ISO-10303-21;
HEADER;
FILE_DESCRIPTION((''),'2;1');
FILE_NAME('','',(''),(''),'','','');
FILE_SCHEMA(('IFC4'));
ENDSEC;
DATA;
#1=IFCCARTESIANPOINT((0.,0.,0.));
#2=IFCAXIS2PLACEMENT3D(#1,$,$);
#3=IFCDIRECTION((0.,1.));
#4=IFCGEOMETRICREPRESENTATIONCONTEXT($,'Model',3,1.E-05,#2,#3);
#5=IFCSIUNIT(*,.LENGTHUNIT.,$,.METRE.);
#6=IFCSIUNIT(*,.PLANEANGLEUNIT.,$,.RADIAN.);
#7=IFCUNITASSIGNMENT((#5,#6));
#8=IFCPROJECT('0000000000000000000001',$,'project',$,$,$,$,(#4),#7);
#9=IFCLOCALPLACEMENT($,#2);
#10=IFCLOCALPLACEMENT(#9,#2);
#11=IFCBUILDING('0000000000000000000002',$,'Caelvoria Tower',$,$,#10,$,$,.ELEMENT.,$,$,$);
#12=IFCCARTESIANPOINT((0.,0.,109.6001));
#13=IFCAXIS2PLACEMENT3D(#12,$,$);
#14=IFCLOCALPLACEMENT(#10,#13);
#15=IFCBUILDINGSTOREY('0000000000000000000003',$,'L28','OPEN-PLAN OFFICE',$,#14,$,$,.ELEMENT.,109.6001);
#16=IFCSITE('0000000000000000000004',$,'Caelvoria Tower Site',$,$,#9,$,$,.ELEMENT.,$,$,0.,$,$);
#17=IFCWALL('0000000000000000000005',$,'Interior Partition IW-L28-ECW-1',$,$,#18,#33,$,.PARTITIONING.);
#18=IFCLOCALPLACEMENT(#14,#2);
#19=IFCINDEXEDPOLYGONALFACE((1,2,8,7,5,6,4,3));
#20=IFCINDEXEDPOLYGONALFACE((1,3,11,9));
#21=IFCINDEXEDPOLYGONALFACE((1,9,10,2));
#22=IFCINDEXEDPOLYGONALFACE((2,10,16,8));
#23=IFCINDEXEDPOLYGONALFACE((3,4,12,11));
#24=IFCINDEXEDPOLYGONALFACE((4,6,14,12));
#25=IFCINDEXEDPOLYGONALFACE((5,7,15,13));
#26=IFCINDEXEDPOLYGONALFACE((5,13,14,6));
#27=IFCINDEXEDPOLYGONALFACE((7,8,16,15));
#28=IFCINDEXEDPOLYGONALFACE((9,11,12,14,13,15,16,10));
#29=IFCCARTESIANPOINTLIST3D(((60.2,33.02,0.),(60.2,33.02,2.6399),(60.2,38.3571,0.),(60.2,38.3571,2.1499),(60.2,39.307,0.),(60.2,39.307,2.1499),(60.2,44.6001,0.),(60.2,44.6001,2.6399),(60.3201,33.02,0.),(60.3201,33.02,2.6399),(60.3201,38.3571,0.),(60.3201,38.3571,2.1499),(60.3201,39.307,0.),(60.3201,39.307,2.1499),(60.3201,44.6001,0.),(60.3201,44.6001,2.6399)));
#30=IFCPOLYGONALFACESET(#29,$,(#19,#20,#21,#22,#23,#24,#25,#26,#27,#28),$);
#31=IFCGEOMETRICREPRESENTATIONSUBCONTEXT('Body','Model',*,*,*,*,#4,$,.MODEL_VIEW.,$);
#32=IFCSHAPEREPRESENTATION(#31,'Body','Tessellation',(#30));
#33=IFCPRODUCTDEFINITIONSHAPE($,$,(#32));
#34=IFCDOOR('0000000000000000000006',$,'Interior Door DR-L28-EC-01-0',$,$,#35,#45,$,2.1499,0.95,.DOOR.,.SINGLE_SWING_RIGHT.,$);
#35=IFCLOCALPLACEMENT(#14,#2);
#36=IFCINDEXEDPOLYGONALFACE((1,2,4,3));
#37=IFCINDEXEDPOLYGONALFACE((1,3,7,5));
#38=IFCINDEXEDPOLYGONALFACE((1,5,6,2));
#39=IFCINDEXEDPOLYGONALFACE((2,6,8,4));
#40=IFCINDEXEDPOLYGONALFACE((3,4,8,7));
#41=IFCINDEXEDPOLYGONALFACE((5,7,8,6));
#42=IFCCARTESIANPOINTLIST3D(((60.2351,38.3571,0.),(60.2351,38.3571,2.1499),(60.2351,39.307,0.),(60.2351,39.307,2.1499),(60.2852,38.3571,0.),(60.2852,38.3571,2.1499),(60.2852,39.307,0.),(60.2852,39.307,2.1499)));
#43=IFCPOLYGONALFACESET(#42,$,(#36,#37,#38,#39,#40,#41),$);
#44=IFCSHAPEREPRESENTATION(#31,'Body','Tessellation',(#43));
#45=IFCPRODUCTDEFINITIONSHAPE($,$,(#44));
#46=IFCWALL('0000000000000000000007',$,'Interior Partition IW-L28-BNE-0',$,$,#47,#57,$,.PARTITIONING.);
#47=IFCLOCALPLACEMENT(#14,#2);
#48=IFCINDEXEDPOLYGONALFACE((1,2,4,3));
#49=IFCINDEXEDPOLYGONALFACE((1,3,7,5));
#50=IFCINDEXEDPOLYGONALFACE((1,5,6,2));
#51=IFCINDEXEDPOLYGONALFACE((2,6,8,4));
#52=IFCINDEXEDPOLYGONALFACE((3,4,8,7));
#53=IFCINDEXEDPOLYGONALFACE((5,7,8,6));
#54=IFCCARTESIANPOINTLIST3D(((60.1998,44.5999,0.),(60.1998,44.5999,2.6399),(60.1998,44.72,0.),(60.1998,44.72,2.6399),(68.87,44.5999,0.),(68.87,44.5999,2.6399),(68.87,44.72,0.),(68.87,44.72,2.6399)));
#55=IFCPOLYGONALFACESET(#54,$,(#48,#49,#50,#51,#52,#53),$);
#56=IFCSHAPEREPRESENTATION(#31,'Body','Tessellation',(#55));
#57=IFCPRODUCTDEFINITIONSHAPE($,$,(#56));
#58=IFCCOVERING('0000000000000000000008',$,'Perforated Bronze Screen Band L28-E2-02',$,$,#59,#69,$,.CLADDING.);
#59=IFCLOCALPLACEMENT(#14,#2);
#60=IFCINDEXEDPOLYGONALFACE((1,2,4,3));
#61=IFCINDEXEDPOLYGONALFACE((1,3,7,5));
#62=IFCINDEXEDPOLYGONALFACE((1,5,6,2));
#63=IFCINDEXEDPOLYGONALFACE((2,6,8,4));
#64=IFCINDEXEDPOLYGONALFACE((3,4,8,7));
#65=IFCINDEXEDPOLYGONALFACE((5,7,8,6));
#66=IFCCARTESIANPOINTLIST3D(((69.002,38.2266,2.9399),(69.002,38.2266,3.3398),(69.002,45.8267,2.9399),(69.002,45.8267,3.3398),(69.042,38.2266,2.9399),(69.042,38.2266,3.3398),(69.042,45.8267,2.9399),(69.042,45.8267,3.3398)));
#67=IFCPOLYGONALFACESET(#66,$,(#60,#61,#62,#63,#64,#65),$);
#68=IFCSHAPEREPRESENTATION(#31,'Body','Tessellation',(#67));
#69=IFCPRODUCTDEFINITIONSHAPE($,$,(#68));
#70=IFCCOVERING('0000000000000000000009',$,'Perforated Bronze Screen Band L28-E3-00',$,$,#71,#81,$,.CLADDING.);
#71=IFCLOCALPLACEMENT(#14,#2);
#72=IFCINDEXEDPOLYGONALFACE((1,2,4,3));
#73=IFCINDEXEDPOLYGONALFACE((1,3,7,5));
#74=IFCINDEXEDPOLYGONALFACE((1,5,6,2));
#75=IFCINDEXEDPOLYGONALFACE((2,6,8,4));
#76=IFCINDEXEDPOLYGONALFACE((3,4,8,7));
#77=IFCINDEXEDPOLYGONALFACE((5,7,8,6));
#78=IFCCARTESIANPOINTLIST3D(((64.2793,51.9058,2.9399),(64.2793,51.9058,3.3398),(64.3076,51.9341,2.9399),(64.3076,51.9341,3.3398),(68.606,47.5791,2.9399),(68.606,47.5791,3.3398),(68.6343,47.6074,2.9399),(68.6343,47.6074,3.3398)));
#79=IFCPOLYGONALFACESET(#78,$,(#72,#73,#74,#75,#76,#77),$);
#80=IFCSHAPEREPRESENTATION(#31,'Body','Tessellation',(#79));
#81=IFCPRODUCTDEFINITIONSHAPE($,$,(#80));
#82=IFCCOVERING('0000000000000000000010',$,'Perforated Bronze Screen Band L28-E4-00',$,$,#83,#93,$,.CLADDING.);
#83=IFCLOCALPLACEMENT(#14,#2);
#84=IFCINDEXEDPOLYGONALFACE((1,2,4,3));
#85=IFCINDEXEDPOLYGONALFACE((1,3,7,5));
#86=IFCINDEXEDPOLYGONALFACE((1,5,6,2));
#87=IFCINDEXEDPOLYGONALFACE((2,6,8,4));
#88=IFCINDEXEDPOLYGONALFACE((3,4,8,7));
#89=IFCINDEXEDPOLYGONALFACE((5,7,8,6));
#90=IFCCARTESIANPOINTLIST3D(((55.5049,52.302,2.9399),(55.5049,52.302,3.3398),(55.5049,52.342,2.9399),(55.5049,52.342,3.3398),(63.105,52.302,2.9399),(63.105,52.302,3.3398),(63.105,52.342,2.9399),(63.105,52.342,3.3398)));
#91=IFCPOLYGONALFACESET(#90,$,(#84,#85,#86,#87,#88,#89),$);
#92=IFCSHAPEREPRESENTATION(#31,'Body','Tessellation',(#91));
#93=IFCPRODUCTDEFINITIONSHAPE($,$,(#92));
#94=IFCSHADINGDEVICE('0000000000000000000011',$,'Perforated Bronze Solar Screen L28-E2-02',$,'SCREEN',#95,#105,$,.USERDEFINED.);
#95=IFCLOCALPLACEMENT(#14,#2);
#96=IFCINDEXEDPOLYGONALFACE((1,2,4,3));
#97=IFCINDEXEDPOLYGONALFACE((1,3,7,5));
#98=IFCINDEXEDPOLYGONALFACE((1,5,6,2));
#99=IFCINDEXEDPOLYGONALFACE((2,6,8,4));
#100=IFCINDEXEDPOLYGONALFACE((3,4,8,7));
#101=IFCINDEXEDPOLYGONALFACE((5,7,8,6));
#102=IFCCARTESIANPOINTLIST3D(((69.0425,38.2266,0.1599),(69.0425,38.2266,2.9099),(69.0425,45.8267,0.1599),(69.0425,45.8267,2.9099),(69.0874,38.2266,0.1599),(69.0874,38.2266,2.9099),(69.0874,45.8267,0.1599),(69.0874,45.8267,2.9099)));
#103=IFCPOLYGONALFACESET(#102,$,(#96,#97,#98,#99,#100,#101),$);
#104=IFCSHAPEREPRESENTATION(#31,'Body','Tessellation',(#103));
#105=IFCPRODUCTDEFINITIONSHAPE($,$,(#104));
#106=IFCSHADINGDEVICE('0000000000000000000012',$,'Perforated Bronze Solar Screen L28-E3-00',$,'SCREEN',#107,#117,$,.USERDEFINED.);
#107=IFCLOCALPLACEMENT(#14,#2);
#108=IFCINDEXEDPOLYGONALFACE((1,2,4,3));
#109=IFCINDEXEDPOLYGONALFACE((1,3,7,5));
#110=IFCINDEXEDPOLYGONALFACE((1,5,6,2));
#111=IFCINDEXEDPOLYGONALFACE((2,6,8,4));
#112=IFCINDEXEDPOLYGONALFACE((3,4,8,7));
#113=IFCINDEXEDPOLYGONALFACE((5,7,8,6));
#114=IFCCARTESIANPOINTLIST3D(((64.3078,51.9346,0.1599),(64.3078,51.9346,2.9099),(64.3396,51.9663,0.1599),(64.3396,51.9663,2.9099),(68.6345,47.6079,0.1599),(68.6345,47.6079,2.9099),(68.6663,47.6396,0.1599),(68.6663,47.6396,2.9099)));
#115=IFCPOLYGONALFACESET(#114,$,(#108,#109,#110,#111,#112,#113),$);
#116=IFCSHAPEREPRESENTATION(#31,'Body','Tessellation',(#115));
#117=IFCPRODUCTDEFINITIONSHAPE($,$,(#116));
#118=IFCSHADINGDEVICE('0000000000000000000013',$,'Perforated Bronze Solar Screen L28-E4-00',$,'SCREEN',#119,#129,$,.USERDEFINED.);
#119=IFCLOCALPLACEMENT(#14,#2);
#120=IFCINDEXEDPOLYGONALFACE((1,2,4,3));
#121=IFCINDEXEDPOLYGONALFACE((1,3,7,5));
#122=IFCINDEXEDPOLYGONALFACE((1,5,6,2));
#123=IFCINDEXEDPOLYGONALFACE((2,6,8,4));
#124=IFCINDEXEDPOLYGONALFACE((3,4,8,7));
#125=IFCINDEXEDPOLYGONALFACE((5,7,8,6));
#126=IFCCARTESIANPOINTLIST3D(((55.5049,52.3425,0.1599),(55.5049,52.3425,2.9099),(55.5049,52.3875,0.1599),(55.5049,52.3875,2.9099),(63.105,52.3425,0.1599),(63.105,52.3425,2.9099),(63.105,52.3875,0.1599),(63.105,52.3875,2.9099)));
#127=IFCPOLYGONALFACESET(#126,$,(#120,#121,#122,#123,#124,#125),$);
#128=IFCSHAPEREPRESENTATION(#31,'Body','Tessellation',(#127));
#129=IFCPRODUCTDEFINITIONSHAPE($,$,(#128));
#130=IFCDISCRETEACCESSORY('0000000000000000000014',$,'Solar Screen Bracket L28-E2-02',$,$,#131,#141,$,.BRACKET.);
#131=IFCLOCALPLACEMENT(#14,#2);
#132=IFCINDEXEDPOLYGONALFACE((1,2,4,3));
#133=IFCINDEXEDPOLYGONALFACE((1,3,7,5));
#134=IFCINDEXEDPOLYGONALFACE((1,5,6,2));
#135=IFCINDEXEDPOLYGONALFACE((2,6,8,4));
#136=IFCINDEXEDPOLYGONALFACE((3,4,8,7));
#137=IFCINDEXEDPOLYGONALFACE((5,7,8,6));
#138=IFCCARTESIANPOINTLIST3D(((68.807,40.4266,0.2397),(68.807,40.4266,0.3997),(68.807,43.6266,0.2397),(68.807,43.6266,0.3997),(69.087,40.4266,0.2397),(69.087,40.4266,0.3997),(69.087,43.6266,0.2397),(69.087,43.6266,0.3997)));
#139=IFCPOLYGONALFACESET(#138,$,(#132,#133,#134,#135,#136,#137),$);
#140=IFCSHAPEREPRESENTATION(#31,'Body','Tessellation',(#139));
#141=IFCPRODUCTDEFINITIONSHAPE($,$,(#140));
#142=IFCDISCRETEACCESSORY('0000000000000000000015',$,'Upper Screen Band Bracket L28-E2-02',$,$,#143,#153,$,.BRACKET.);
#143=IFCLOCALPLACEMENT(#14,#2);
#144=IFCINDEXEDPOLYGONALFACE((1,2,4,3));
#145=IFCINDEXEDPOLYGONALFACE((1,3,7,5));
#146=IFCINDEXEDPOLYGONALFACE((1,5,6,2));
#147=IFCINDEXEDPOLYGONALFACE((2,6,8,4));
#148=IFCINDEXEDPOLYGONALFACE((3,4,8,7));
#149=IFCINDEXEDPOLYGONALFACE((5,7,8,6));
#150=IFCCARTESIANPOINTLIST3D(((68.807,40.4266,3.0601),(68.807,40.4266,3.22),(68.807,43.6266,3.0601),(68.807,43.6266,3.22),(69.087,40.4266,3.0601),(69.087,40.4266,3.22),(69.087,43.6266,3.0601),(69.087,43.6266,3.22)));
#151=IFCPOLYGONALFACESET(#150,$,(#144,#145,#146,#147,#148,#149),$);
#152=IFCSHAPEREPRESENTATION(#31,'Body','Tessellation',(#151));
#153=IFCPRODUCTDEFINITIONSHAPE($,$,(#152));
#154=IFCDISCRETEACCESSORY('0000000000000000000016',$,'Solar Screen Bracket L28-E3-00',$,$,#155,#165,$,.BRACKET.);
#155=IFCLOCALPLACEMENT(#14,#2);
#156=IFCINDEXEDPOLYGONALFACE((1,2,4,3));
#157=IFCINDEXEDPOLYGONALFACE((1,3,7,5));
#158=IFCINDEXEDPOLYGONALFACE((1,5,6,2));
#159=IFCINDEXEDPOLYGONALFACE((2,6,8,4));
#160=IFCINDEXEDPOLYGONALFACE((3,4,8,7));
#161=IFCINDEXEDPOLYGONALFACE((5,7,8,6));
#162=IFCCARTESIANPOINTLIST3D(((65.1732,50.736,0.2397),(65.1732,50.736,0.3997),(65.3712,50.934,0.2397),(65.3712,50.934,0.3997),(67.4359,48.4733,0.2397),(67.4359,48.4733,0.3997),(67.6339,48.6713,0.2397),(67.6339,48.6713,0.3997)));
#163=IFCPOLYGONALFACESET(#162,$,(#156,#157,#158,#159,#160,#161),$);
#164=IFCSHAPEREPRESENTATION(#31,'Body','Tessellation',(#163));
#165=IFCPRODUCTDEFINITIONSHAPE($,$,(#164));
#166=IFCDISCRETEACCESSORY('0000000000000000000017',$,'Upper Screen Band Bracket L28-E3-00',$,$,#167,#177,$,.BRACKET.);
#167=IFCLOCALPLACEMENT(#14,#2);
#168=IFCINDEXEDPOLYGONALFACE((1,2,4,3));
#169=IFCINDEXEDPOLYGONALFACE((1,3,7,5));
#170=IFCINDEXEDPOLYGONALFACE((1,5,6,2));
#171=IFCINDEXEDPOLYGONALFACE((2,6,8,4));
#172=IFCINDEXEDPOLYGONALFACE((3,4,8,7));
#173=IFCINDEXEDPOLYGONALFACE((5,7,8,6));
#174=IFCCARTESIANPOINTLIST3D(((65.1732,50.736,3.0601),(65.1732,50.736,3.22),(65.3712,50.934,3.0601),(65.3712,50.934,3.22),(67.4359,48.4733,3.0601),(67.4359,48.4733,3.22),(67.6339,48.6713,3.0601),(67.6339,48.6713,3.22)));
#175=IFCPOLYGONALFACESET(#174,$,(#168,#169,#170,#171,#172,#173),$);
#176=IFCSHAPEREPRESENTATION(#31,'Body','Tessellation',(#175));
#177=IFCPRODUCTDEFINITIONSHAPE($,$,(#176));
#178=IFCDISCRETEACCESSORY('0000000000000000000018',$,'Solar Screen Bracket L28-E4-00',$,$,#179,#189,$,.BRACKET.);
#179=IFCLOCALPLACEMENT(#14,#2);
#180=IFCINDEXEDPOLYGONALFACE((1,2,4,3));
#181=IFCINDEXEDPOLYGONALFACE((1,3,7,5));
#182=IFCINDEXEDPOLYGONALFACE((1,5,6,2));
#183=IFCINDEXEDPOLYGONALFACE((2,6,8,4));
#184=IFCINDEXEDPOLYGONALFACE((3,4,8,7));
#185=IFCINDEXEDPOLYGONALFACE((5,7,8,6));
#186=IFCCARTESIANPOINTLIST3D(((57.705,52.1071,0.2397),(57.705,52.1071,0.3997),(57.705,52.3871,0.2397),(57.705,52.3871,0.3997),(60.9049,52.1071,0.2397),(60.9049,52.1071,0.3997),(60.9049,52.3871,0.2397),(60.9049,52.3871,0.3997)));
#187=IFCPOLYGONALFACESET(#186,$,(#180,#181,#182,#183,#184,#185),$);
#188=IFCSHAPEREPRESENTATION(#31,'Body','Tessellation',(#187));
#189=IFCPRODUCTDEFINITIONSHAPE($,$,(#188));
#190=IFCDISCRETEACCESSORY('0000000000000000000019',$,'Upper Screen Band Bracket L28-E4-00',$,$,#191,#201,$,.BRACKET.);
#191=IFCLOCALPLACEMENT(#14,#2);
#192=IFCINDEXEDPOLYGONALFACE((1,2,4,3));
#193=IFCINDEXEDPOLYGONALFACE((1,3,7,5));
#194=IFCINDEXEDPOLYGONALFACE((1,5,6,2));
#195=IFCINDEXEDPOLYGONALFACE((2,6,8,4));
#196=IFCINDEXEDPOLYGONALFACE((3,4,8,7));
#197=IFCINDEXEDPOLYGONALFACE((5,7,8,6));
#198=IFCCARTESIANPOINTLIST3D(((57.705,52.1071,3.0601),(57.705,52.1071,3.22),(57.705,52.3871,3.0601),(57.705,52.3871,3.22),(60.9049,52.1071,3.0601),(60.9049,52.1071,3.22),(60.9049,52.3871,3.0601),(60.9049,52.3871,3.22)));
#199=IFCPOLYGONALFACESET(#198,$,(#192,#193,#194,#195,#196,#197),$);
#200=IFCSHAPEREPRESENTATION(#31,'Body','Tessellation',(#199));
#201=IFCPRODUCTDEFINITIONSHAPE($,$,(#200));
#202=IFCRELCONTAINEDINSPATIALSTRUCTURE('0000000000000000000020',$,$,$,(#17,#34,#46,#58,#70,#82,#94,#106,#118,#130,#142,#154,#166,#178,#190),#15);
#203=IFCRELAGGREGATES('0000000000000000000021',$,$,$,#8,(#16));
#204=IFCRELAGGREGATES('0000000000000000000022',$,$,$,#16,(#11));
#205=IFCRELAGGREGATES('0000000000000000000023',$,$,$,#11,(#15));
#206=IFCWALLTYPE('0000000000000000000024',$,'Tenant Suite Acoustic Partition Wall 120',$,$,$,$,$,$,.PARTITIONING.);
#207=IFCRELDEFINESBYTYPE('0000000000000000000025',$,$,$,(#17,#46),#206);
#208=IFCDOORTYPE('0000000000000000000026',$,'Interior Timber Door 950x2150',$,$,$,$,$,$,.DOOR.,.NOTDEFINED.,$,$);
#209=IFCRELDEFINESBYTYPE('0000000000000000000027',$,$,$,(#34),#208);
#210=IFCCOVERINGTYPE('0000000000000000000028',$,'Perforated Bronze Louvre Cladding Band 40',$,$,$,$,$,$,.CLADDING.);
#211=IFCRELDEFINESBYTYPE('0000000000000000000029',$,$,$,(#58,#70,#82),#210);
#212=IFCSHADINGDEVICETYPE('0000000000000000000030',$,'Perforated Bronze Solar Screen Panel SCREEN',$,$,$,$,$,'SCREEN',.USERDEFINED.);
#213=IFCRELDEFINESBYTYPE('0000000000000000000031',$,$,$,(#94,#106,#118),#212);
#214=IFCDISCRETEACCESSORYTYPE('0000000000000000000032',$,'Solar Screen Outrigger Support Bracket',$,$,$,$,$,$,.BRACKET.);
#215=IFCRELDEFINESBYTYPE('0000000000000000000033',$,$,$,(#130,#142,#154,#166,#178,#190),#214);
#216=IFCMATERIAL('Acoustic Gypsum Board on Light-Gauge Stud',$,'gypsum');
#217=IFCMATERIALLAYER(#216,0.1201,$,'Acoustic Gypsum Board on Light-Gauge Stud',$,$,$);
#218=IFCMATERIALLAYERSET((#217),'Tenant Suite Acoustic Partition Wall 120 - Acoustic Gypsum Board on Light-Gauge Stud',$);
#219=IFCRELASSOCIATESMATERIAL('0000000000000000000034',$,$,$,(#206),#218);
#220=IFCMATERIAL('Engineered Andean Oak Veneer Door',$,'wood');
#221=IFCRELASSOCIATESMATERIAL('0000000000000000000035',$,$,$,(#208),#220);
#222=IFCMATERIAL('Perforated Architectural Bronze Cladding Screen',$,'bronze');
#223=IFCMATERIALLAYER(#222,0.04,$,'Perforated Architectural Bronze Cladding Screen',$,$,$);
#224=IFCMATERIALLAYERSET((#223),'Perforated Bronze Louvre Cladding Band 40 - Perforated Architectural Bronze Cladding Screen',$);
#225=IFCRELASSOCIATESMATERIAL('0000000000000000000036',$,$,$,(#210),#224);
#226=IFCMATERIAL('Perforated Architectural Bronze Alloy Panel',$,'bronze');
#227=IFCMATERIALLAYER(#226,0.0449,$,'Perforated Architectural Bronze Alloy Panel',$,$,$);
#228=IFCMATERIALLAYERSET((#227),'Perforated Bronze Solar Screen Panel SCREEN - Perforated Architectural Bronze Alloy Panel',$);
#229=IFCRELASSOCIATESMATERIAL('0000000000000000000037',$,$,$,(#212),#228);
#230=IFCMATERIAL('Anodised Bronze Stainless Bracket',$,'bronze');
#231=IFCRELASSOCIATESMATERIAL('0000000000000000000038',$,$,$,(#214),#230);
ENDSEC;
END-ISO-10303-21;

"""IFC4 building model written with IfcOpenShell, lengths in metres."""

from ifc_helpers import new_model, si_unit, direction, frame, frame_2d, origin, origin_2d, place, context, subcontext, project, spatial, rectangle, extrude, material, layer, layer_set, type_object, element, fill, save


model = new_model("IFC4")

# Units and contexts
model_context = context("Model", 3, precision=1e-05, world=origin(), true_north=direction((0.0, 1.0)))
body_context = subcontext(model_context, "Body", "Model", "MODEL_VIEW")
ifc_project = project(units=[si_unit("LENGTHUNIT", "METRE"), si_unit("PLANEANGLEUNIT", "RADIAN")], contexts=[model_context])

# Site, building, storey
site_placement = place(None, origin())
site = spatial("IfcSite", under=ifc_project, at=site_placement, Name="Caelvoria Tower Site", CompositionType="ELEMENT", RefElevation=0.0)
building_placement = place(site_placement, origin())
building = spatial("IfcBuilding", under=site, at=building_placement, Name="Caelvoria Tower", CompositionType="ELEMENT")
storey_placement = place(building_placement, frame((0.0, 0.0, 109.6001)))
storey = spatial("IfcBuildingStorey", under=building, at=storey_placement, Name="L28", Description="OPEN-PLAN OFFICE", CompositionType="ELEMENT", Elevation=109.6001)

# Wall, opening, door
ifc_material_1 = material(Name="Acoustic Gypsum Board on Light-Gauge Stud", Category="gypsum")
ifc_layer_1 = layer(ifc_material_1, 0.1201, Name="Acoustic Gypsum Board on Light-Gauge Stud")
ifc_layer_set_1 = layer_set([ifc_layer_1], Name="Tenant Suite Acoustic Partition Wall 120 - Acoustic Gypsum Board on Light-Gauge Stud")
wall_type_1 = type_object("IfcWallType", Name="Tenant Suite Acoustic Partition Wall 120", PredefinedType="PARTITIONING", material=ifc_layer_set_1)
ifc_material_2 = material(Name="Engineered Andean Oak Veneer Door", Category="wood")
wall_1_placement = place(storey_placement, frame((60.26, 33.02, 0.0), z_axis=(0.0, 0.0, 1.0), x_axis=(0.0, 1.0, 0.0)))
wall_1 = element("IfcWall", 1, at=wall_1_placement, inside=storey, type_object=wall_type_1, Name="Interior Partition IW-L28-ECW-1", PredefinedType="PARTITIONING", context=body_context, shape_type="SweptSolid", body=[
    extrude(rectangle(XDim=11.5801, YDim=0.1201, at=frame_2d((5.79, 0.0))), origin(), (0.0, 0.0, 1.0), 2.6399),
])
opening_1_placement = place(wall_1_placement, frame((5.3369, 0.0, 0.0)))
opening_1 = element("IfcOpeningElement", 2, at=opening_1_placement, cuts=wall_1, PredefinedType="OPENING", context=body_context, shape_type="SweptSolid", body=[
    extrude(rectangle(XDim=0.95, YDim=2.1499, at=frame_2d((0.4751, 1.075))), frame((0.0, 0.0701, 0.0), z_axis=(0.0, -1.0, 0.0), x_axis=(1.0, 0.0, 0.0)), (0.0, 0.0, 1.0), 0.1401),
])
door_type_1 = type_object("IfcDoorType", Name="Interior Timber Door 950x2150", OperationType="NOTDEFINED", PredefinedType="DOOR", material=ifc_material_2)
door_1_placement = place(opening_1_placement, origin())
door_1 = element("IfcDoor", 3, at=door_1_placement, inside=storey, type_object=door_type_1, Name="Interior Door DR-L28-EC-01-0", OperationType="SINGLE_SWING_RIGHT", OverallHeight=2.1499, OverallWidth=0.95, PredefinedType="DOOR", context=body_context, shape_type="SweptSolid", body=[
    extrude(rectangle(XDim=0.95, YDim=2.1499, at=frame_2d((0.4751, 1.075))), frame((0.0, 0.0249, 0.0), z_axis=(0.0, -1.0, 0.0), x_axis=(1.0, 0.0, 0.0)), (0.0, 0.0, 1.0), 0.05),
])
fill(opening_1, door_1)

# Wall
wall_2_placement = place(storey_placement, frame((60.2, 44.6599, 0.0), z_axis=(0.0, 0.0, 1.0), x_axis=(1.0, 0.0, 0.0)))
element("IfcWall", 4, at=wall_2_placement, inside=storey, type_object=wall_type_1, Name="Interior Partition IW-L28-BNE-0", PredefinedType="PARTITIONING", context=body_context, shape_type="SweptSolid", body=[
    extrude(rectangle(XDim=8.6702, YDim=0.1201, at=frame_2d((4.335, 0.0))), origin(), (0.0, 0.0, 1.0), 2.6399),
])

# Coverings
ifc_material_3 = material(Name="Perforated Architectural Bronze Cladding Screen", Category="bronze")
ifc_layer_2 = layer(ifc_material_3, 0.04, Name="Perforated Architectural Bronze Cladding Screen")
ifc_layer_set_2 = layer_set([ifc_layer_2], Name="Perforated Bronze Louvre Cladding Band 40 - Perforated Architectural Bronze Cladding Screen")
covering_type = type_object("IfcCoveringType", Name="Perforated Bronze Louvre Cladding Band 40", PredefinedType="CLADDING", material=ifc_layer_set_2)
covering_1_placement = place(storey_placement, frame((69.022, 42.0266, 2.9399), z_axis=(0.0, 0.0, 1.0), x_axis=(0.0, 1.0, 0.0)))
element("IfcCovering", 5, at=covering_1_placement, inside=storey, type_object=covering_type, Name="Perforated Bronze Screen Band L28-E2-02", PredefinedType="CLADDING", context=body_context, shape_type="SweptSolid", body=[
    extrude(rectangle(XDim=7.6001, YDim=0.04, at=origin_2d()), origin(), (0.0, 0.0, 1.0), 0.3999),
])
covering_2_placement = place(storey_placement, frame((66.4568, 49.7566, 2.9399), z_axis=(0.0, 0.0, 1.0), x_axis=(-0.707107, 0.707107, 0.0)))
element("IfcCovering", 6, at=covering_2_placement, inside=storey, type_object=covering_type, Name="Perforated Bronze Screen Band L28-E3-00", PredefinedType="CLADDING", context=body_context, shape_type="SweptSolid", body=[
    extrude(rectangle(XDim=6.1189, YDim=0.04, at=origin_2d()), origin(), (0.0, 0.0, 1.0), 0.3999),
])
covering_3_placement = place(storey_placement, frame((59.3049, 52.322, 2.9399), z_axis=(0.0, 0.0, 1.0), x_axis=(-1.0, 0.0, 0.0)))
element("IfcCovering", 7, at=covering_3_placement, inside=storey, type_object=covering_type, Name="Perforated Bronze Screen Band L28-E4-00", PredefinedType="CLADDING", context=body_context, shape_type="SweptSolid", body=[
    extrude(rectangle(XDim=7.6001, YDim=0.04, at=origin_2d()), origin(), (0.0, 0.0, 1.0), 0.3999),
])

# Shading devices
ifc_material_4 = material(Name="Perforated Architectural Bronze Alloy Panel", Category="bronze")
ifc_layer_3 = layer(ifc_material_4, 0.0449, Name="Perforated Architectural Bronze Alloy Panel")
ifc_layer_set_3 = layer_set([ifc_layer_3], Name="Perforated Bronze Solar Screen Panel SCREEN - Perforated Architectural Bronze Alloy Panel")
shading_device_type = type_object("IfcShadingDeviceType", Name="Perforated Bronze Solar Screen Panel SCREEN", ElementType="SCREEN", PredefinedType="USERDEFINED", material=ifc_layer_set_3)
shading_device_1_placement = place(storey_placement, frame((69.0649, 42.0266, 0.1599), z_axis=(0.0, 0.0, 1.0), x_axis=(0.0, 1.0, 0.0)))
element("IfcShadingDevice", 8, at=shading_device_1_placement, inside=storey, type_object=shading_device_type, Name="Perforated Bronze Solar Screen L28-E2-02", ObjectType="SCREEN", PredefinedType="USERDEFINED", context=body_context, shape_type="SweptSolid", body=[
    extrude(rectangle(XDim=7.6001, YDim=0.0449, at=origin_2d()), origin(), (0.0, 0.0, 1.0), 2.75),
])
shading_device_2_placement = place(storey_placement, frame((66.4871, 49.7871, 0.1599), z_axis=(0.0, 0.0, 1.0), x_axis=(-0.707107, 0.707107, 0.0)))
element("IfcShadingDevice", 9, at=shading_device_2_placement, inside=storey, type_object=shading_device_type, Name="Perforated Bronze Solar Screen L28-E3-00", ObjectType="SCREEN", PredefinedType="USERDEFINED", context=body_context, shape_type="SweptSolid", body=[
    extrude(rectangle(XDim=6.1189, YDim=0.0449, at=origin_2d()), origin(), (0.0, 0.0, 1.0), 2.75),
])
shading_device_3_placement = place(storey_placement, frame((59.3049, 52.365, 0.1599), z_axis=(0.0, 0.0, 1.0), x_axis=(-1.0, 0.0, 0.0)))
element("IfcShadingDevice", 10, at=shading_device_3_placement, inside=storey, type_object=shading_device_type, Name="Perforated Bronze Solar Screen L28-E4-00", ObjectType="SCREEN", PredefinedType="USERDEFINED", context=body_context, shape_type="SweptSolid", body=[
    extrude(rectangle(XDim=7.6001, YDim=0.0449, at=origin_2d()), origin(), (0.0, 0.0, 1.0), 2.75),
])

# Discrete accessories
ifc_material_5 = material(Name="Anodised Bronze Stainless Bracket", Category="bronze")
discrete_accessory_type = type_object("IfcDiscreteAccessoryType", Name="Solar Screen Outrigger Support Bracket", PredefinedType="BRACKET", material=ifc_material_5)
for number, where, z_axis, x_axis, name in (
    (11, (68.947, 42.0266, 0.2397), (0.0, 0.0, 1.0), (0.0, 1.0, 0.0), "Solar Screen Bracket L28-E2-02"),
    (12, (68.947, 42.0266, 3.0601), (0.0, 0.0, 1.0), (0.0, 1.0, 0.0), "Upper Screen Band Bracket L28-E2-02"),
    (13, (66.4036, 49.7036, 0.2397), (0.0, 0.0, 1.0), (-0.707107, 0.707107, 0.0), "Solar Screen Bracket L28-E3-00"),
    (14, (66.4036, 49.7036, 3.0601), (0.0, 0.0, 1.0), (-0.707107, 0.707107, 0.0), "Upper Screen Band Bracket L28-E3-00"),
    (15, (59.3049, 52.2471, 0.2397), (0.0, 0.0, 1.0), (-1.0, 0.0, 0.0), "Solar Screen Bracket L28-E4-00"),
    (16, (59.3049, 52.2471, 3.0601), (0.0, 0.0, 1.0), (-1.0, 0.0, 0.0), "Upper Screen Band Bracket L28-E4-00"),
):
    element("IfcDiscreteAccessory", number, at=place(storey_placement, frame(where, z_axis=z_axis, x_axis=x_axis)), inside=storey, type_object=discrete_accessory_type, Name=name, PredefinedType="BRACKET", context=body_context, shape_type="SweptSolid", body=[
        extrude(rectangle(XDim=3.2, YDim=0.28, at=origin_2d()), origin(), (0.0, 0.0, 1.0), 0.1599),
    ])

save(model, "model.ifc")
